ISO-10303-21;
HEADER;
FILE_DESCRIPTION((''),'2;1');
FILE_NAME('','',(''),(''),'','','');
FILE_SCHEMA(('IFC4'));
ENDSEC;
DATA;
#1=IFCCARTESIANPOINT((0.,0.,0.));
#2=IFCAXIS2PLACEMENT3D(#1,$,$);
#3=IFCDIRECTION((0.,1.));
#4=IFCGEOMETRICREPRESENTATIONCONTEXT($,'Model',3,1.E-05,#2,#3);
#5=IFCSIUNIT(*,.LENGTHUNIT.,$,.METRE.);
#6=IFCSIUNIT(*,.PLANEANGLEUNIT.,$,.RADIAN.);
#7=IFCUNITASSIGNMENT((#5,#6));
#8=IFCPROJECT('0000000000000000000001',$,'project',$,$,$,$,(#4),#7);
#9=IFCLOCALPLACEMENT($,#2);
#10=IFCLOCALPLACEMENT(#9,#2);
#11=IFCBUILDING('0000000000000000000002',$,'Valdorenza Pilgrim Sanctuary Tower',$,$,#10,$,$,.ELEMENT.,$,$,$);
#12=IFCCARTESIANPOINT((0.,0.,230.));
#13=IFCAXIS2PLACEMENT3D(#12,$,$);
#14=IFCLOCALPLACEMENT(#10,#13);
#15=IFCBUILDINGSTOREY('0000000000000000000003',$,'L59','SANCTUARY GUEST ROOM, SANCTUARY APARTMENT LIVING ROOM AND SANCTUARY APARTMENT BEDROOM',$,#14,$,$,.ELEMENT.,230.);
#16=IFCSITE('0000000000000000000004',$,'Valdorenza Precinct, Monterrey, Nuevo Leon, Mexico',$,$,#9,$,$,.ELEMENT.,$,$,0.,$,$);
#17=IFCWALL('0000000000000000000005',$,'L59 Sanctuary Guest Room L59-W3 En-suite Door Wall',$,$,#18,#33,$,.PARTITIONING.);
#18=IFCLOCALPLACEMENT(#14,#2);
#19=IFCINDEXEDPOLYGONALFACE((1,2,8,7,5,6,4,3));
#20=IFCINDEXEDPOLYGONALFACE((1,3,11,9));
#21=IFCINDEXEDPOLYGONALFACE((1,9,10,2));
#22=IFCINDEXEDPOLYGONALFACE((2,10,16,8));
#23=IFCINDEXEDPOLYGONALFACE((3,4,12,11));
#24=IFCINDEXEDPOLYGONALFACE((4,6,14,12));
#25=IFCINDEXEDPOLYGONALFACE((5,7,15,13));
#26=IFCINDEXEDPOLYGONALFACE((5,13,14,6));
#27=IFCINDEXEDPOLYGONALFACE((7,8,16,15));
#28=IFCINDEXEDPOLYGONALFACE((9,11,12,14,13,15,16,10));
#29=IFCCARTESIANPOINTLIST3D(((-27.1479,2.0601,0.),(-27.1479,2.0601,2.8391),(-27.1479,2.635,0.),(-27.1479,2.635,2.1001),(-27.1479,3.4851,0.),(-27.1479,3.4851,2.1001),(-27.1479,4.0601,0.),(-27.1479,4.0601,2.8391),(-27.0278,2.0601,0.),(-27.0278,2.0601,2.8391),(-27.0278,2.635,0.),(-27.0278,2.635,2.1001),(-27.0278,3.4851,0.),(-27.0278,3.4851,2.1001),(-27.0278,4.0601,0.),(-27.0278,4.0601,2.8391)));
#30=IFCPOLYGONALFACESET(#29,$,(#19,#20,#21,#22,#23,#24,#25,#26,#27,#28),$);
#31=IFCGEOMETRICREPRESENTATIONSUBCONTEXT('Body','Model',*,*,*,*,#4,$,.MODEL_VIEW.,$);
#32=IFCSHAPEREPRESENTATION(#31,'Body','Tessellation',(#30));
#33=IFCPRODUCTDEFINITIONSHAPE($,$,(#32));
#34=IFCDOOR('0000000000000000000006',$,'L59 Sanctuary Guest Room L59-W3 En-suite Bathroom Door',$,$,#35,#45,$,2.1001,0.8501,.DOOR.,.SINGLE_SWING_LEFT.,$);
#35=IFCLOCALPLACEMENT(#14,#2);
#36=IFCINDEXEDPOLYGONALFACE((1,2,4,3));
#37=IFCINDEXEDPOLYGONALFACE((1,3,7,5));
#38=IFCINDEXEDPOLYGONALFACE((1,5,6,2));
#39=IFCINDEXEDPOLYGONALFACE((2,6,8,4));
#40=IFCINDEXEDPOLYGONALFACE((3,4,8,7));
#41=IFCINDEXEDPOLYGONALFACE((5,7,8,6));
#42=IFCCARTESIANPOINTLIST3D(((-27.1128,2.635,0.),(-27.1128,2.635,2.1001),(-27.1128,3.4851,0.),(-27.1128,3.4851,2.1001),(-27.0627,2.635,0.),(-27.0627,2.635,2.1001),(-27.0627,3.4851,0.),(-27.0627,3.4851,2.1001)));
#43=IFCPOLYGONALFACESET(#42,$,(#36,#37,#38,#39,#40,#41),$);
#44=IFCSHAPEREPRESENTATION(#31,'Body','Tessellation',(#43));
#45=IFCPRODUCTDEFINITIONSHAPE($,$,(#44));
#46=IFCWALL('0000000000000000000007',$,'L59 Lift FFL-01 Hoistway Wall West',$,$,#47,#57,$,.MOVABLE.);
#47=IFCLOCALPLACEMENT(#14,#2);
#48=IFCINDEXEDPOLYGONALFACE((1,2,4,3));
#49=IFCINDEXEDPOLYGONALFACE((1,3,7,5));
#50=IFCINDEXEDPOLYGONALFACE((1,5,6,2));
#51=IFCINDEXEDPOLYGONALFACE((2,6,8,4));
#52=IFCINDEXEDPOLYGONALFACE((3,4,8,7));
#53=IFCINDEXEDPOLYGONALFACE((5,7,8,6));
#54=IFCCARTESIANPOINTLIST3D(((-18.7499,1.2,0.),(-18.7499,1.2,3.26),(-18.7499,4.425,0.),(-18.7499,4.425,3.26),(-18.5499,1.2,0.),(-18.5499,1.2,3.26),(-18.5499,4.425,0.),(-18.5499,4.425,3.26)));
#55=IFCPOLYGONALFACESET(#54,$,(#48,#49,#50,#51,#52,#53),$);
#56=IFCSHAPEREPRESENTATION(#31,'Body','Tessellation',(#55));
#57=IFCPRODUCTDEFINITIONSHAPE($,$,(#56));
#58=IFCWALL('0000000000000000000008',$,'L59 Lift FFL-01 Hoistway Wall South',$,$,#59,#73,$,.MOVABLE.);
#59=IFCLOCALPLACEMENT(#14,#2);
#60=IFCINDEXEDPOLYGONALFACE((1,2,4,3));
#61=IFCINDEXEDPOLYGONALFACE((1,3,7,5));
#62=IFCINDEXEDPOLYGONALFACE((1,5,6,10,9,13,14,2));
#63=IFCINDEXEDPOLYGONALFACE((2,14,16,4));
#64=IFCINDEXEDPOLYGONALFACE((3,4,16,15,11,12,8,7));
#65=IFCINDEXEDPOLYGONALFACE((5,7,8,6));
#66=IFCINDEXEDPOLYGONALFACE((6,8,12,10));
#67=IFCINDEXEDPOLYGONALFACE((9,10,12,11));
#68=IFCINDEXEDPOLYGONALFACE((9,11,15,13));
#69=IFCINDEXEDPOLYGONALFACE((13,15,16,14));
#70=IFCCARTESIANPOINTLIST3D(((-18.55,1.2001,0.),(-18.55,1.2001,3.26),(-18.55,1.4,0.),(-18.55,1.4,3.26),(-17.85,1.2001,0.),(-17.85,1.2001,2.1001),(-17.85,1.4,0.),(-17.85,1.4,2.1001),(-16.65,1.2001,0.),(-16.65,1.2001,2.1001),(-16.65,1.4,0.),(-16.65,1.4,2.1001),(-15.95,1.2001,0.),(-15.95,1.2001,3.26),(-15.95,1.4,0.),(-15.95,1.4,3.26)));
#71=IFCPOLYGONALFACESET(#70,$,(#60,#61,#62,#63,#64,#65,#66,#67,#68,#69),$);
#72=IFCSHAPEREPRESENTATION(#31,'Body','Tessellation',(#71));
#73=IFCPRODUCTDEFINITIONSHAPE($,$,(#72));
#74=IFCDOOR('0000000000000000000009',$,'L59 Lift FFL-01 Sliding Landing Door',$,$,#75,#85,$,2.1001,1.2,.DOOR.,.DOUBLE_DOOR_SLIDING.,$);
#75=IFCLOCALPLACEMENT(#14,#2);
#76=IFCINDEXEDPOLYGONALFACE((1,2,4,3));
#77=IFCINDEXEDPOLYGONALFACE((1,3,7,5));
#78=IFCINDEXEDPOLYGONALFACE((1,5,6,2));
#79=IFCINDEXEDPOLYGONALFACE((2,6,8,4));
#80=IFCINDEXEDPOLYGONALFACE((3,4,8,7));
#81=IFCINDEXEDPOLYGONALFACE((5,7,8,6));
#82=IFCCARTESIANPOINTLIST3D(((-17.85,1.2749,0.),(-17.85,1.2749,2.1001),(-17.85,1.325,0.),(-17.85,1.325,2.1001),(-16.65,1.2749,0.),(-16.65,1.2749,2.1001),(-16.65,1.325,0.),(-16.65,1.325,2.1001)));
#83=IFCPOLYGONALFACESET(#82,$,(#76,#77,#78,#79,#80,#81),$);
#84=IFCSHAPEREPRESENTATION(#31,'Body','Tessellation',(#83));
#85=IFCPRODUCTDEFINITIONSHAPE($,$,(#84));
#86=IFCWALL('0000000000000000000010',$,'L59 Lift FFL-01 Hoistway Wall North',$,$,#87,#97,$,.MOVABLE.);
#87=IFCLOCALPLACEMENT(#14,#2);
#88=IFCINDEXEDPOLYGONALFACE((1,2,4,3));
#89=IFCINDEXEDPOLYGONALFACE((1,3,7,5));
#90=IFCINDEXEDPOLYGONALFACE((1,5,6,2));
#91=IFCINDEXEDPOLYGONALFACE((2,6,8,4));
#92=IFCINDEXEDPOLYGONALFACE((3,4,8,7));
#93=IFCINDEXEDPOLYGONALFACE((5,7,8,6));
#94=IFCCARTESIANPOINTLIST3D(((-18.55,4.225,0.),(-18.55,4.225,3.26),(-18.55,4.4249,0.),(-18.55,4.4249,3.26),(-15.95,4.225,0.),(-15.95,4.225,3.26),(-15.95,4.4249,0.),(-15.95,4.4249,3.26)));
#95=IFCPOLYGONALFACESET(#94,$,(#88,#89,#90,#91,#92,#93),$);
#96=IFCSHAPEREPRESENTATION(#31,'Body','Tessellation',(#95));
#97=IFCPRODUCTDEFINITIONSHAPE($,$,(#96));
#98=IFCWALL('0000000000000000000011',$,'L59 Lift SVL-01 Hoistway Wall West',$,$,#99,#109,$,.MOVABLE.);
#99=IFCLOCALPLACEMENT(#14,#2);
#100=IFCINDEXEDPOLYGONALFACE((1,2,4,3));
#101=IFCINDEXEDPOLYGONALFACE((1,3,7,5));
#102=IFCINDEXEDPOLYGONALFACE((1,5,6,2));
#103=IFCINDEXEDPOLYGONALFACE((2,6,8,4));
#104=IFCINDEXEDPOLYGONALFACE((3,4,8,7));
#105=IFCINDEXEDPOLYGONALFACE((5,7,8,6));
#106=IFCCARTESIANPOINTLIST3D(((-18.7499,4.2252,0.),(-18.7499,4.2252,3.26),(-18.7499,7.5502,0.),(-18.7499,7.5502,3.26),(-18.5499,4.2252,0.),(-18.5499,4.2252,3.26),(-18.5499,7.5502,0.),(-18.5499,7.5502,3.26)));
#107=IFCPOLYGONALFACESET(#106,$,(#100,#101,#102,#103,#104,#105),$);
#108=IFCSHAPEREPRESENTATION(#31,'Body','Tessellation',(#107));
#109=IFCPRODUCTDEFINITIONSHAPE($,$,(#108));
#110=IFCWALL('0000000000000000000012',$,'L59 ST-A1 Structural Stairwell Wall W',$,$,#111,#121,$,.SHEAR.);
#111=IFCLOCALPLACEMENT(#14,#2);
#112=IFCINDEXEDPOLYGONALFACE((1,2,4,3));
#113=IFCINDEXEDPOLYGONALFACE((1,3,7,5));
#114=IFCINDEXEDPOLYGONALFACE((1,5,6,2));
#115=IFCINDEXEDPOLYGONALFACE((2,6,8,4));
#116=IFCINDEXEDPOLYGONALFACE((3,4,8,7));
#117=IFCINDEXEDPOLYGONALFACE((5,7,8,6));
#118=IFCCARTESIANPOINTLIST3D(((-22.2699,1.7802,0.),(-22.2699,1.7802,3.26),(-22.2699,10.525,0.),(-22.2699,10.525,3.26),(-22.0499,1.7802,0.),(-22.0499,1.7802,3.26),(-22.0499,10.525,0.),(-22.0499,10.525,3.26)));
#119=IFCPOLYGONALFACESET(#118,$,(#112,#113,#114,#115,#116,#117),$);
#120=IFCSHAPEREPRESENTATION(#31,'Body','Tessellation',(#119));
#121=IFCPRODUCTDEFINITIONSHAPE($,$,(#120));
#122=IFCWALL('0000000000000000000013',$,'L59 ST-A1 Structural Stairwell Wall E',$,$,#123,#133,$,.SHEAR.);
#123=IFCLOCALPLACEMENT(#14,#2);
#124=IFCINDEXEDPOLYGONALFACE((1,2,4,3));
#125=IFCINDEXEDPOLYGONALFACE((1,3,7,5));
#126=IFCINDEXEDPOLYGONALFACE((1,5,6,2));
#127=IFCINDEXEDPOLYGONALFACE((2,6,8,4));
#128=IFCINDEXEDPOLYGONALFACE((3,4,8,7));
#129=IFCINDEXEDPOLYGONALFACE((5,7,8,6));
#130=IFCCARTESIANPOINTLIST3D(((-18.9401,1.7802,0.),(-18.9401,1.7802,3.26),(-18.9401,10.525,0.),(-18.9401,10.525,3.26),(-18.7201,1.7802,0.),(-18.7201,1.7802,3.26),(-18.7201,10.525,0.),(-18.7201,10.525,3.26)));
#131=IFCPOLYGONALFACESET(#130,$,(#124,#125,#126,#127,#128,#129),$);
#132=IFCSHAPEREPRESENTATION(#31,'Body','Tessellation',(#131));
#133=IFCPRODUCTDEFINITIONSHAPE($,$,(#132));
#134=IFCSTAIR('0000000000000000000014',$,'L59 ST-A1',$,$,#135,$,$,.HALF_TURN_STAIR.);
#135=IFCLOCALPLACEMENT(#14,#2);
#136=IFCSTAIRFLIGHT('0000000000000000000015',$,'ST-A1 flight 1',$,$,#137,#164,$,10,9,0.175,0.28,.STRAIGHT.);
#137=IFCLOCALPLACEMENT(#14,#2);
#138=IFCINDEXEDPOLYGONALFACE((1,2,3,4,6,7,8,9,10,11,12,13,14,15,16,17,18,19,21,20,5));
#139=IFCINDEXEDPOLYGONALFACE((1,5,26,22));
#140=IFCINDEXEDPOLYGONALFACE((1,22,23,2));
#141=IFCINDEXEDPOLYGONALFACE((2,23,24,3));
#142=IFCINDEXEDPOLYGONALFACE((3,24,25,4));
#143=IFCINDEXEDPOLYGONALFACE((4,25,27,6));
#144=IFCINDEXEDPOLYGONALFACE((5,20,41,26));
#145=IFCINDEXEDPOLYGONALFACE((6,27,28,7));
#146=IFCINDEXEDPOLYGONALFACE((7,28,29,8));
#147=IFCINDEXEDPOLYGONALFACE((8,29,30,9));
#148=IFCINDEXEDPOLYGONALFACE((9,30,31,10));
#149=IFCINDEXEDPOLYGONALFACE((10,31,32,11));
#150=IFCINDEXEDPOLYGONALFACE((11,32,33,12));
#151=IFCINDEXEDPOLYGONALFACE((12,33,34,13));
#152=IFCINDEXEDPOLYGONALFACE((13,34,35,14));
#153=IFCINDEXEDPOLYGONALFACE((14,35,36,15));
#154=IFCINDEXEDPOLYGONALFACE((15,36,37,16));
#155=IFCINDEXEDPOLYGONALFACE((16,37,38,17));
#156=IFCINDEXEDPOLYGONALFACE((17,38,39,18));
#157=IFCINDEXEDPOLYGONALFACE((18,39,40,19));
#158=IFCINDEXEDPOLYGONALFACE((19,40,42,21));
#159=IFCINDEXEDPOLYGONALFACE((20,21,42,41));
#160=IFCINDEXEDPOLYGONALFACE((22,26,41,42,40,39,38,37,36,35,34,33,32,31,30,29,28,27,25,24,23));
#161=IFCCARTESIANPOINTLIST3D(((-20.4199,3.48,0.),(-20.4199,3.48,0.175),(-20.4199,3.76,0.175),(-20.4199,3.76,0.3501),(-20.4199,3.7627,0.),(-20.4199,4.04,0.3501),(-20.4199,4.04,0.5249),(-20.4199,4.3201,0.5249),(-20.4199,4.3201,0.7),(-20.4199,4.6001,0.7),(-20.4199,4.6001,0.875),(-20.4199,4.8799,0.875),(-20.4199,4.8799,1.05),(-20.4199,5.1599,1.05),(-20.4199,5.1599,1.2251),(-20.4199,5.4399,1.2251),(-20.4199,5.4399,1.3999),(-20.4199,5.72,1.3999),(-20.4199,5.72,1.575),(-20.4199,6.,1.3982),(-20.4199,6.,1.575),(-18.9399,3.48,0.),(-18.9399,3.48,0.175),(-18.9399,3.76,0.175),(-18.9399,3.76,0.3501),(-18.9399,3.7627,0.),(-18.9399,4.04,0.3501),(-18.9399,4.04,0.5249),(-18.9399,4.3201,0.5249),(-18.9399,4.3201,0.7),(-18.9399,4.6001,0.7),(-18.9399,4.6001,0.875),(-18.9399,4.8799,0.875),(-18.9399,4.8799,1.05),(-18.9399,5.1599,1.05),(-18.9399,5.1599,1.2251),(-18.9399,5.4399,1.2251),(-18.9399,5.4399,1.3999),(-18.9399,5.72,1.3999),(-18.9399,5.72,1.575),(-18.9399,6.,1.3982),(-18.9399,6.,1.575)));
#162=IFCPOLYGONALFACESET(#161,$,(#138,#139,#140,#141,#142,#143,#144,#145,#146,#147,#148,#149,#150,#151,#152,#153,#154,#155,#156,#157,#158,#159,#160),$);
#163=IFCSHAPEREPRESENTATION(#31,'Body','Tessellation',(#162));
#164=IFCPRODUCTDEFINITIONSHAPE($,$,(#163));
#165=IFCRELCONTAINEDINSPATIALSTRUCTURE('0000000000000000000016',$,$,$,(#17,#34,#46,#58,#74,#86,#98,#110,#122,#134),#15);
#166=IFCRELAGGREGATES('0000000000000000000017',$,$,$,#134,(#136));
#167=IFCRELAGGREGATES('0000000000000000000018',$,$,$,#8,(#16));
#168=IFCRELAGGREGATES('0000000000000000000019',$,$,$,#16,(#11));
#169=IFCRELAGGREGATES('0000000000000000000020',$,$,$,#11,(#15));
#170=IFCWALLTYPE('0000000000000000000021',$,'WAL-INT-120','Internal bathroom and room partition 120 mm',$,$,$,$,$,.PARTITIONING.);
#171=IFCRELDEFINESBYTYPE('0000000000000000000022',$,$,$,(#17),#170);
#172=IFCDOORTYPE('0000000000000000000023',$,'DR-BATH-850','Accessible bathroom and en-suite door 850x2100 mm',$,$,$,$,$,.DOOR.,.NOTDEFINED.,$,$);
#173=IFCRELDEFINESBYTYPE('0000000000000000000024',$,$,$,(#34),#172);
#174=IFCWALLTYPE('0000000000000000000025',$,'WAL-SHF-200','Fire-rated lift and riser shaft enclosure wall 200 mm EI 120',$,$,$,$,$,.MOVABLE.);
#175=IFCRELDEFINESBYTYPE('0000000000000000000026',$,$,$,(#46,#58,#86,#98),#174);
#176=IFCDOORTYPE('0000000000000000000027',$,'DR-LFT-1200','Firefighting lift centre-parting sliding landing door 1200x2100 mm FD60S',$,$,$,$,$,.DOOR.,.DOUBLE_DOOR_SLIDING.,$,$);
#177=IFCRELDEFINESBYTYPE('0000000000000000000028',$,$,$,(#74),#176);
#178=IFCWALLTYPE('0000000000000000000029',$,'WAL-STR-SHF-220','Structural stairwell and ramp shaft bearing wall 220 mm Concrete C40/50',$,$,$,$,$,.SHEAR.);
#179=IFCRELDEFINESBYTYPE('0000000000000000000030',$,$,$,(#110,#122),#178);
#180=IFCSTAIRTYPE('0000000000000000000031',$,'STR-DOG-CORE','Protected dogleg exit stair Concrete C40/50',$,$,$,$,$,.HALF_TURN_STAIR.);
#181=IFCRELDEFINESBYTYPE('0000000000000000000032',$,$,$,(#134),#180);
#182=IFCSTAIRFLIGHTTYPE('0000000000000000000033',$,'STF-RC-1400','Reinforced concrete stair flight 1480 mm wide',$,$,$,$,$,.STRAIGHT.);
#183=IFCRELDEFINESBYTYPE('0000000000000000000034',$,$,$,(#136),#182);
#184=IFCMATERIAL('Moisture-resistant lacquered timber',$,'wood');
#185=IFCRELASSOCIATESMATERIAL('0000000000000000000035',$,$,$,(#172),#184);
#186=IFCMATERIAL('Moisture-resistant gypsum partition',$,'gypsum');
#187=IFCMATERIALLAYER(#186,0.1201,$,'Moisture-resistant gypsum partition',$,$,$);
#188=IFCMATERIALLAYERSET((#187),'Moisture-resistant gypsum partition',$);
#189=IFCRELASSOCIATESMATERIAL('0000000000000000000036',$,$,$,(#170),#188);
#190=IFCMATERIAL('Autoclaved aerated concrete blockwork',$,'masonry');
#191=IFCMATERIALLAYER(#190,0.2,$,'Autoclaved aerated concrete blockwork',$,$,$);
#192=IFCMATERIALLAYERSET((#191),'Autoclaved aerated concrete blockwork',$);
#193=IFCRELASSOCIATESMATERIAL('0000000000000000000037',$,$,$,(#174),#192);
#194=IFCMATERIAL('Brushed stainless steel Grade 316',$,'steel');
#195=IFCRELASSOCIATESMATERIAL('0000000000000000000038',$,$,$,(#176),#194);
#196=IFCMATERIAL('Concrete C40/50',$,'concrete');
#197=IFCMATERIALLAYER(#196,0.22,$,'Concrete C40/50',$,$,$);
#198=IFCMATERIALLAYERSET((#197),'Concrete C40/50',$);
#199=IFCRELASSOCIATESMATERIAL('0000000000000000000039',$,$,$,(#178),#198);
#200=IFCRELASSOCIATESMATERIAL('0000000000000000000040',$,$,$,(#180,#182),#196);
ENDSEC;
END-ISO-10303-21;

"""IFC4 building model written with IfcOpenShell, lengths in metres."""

from ifc_helpers import new_model, si_unit, direction, frame, frame_2d, origin, place, context, subcontext, project, spatial, polyline, rectangle, outline, extrude, material, layer, layer_set, type_object, element, fill, aggregate, save


model = new_model("IFC4")

# Units and contexts
model_context = context("Model", 3, precision=1e-05, world=origin(), true_north=direction((0.0, 1.0)))
body_context = subcontext(model_context, "Body", "Model", "MODEL_VIEW")
ifc_project = project(units=[si_unit("LENGTHUNIT", "METRE"), si_unit("PLANEANGLEUNIT", "RADIAN")], contexts=[model_context])

# Site, building, storey
site_placement = place(None, origin())
site = spatial("IfcSite", under=ifc_project, at=site_placement, Name="Valdorenza Precinct, Monterrey, Nuevo Leon, Mexico", CompositionType="ELEMENT", RefElevation=0.0)
building_placement = place(site_placement, origin())
building = spatial("IfcBuilding", under=site, at=building_placement, Name="Valdorenza Pilgrim Sanctuary Tower", CompositionType="ELEMENT")
storey_placement = place(building_placement, frame((0.0, 0.0, 230.0)))
storey = spatial("IfcBuildingStorey", under=building, at=storey_placement, Name="L59", Description="SANCTUARY GUEST ROOM, SANCTUARY APARTMENT LIVING ROOM AND SANCTUARY APARTMENT BEDROOM", CompositionType="ELEMENT", Elevation=230.0)

# Shared definitions
ifc_material_1 = material(Name="Moisture-resistant lacquered timber", Category="wood")
door_type_1 = type_object("IfcDoorType", Name="DR-BATH-850", Description="Accessible bathroom and en-suite door 850x2100 mm", OperationType="NOTDEFINED", PredefinedType="DOOR", material=ifc_material_1)

# Shared definitions
ifc_material_2 = material(Name="Moisture-resistant gypsum partition", Category="gypsum")
ifc_layer_1 = layer(ifc_material_2, 0.1201, Name="Moisture-resistant gypsum partition")
ifc_layer_set_1 = layer_set([ifc_layer_1], Name="Moisture-resistant gypsum partition")
wall_type_1 = type_object("IfcWallType", Name="WAL-INT-120", Description="Internal bathroom and room partition 120 mm", PredefinedType="PARTITIONING", material=ifc_layer_set_1)

# Wall, opening, door
wall_1_placement = place(storey_placement, frame((-27.0879, 2.0601, 0.0), z_axis=(0.0, 0.0, 1.0), x_axis=(0.0, 1.0, 0.0)))
wall_1 = element("IfcWall", 1, at=wall_1_placement, inside=storey, type_object=wall_type_1, Name="L59 Sanctuary Guest Room L59-W3 En-suite Door Wall", PredefinedType="PARTITIONING", context=body_context, shape_type="SweptSolid", body=[
    extrude(rectangle(XDim=2.0, YDim=0.1201, at=frame_2d((1.0, 0.0))), origin(), (0.0, 0.0, 1.0), 2.8391),
])
opening_1_placement = place(wall_1_placement, frame((0.575, 0.0, 0.0)))
opening_1 = element("IfcOpeningElement", 2, at=opening_1_placement, cuts=wall_1, PredefinedType="OPENING", context=body_context, shape_type="SweptSolid", body=[
    extrude(rectangle(XDim=0.8501, YDim=2.1001, at=frame_2d((0.425, 1.05))), frame((0.0, 0.075, 0.0), z_axis=(0.0, -1.0, 0.0), x_axis=(1.0, 0.0, 0.0)), (0.0, 0.0, 1.0), 0.1499),
])
door_1_placement = place(opening_1_placement, origin())
door_1 = element("IfcDoor", 3, at=door_1_placement, inside=storey, type_object=door_type_1, Name="L59 Sanctuary Guest Room L59-W3 En-suite Bathroom Door", OperationType="SINGLE_SWING_LEFT", OverallHeight=2.1001, OverallWidth=0.8501, PredefinedType="DOOR", context=body_context, shape_type="SweptSolid", body=[
    extrude(rectangle(XDim=0.8501, YDim=2.1001, at=frame_2d((0.425, 1.05))), frame((0.0, 0.0249, 0.0), z_axis=(0.0, -1.0, 0.0), x_axis=(1.0, 0.0, 0.0)), (0.0, 0.0, 1.0), 0.05),
])
fill(opening_1, door_1)

# Wall
ifc_material_3 = material(Name="Autoclaved aerated concrete blockwork", Category="masonry")
ifc_layer_2 = layer(ifc_material_3, 0.2, Name="Autoclaved aerated concrete blockwork")
ifc_layer_set_2 = layer_set([ifc_layer_2], Name="Autoclaved aerated concrete blockwork")
wall_type_2 = type_object("IfcWallType", Name="WAL-SHF-200", Description="Fire-rated lift and riser shaft enclosure wall 200 mm EI 120", PredefinedType="MOVABLE", material=ifc_layer_set_2)
wall_2_placement = place(storey_placement, frame((-18.6499, 1.2, 0.0), z_axis=(0.0, 0.0, 1.0), x_axis=(0.0, 1.0, 0.0)))
element("IfcWall", 4, at=wall_2_placement, inside=storey, type_object=wall_type_2, Name="L59 Lift FFL-01 Hoistway Wall West", PredefinedType="MOVABLE", context=body_context, shape_type="SweptSolid", body=[
    extrude(rectangle(XDim=3.2251, YDim=0.2, at=frame_2d((1.6125, 0.0))), origin(), (0.0, 0.0, 1.0), 3.26),
])

# Wall, opening, door
wall_3_placement = place(storey_placement, frame((-18.55, 1.3, 0.0), z_axis=(0.0, 0.0, 1.0), x_axis=(1.0, 0.0, 0.0)))
wall_3 = element("IfcWall", 5, at=wall_3_placement, inside=storey, type_object=wall_type_2, Name="L59 Lift FFL-01 Hoistway Wall South", PredefinedType="MOVABLE", context=body_context, shape_type="SweptSolid", body=[
    extrude(rectangle(XDim=2.6001, YDim=0.2, at=frame_2d((1.3, 0.0))), origin(), (0.0, 0.0, 1.0), 3.26),
])
opening_2_placement = place(wall_3_placement, frame((0.7, 0.0, 0.0)))
opening_2 = element("IfcOpeningElement", 6, at=opening_2_placement, cuts=wall_3, PredefinedType="OPENING", context=body_context, shape_type="SweptSolid", body=[
    extrude(rectangle(XDim=1.2, YDim=2.1001, at=frame_2d((0.6001, 1.05))), frame((0.0, 0.1147, 0.0), z_axis=(0.0, -1.0, 0.0), x_axis=(1.0, 0.0, 0.0)), (0.0, 0.0, 1.0), 0.2297),
])
ifc_material_4 = material(Name="Brushed stainless steel Grade 316", Category="steel")
door_type_2 = type_object("IfcDoorType", Name="DR-LFT-1200", Description="Firefighting lift centre-parting sliding landing door 1200x2100 mm FD60S", OperationType="DOUBLE_DOOR_SLIDING", PredefinedType="DOOR", material=ifc_material_4)
door_2_placement = place(opening_2_placement, origin())
door_2 = element("IfcDoor", 7, at=door_2_placement, inside=storey, type_object=door_type_2, Name="L59 Lift FFL-01 Sliding Landing Door", OperationType="DOUBLE_DOOR_SLIDING", OverallHeight=2.1001, OverallWidth=1.2, PredefinedType="DOOR", context=body_context, shape_type="SweptSolid", body=[
    extrude(rectangle(XDim=1.2, YDim=2.1001, at=frame_2d((0.6001, 1.05))), frame((0.0, 0.0249, 0.0), z_axis=(0.0, -1.0, 0.0), x_axis=(1.0, 0.0, 0.0)), (0.0, 0.0, 1.0), 0.05),
])
fill(opening_2, door_2)

# Walls
wall_4_placement = place(storey_placement, frame((-18.55, 4.325, 0.0), z_axis=(0.0, 0.0, 1.0), x_axis=(1.0, 0.0, 0.0)))
element("IfcWall", 8, at=wall_4_placement, inside=storey, type_object=wall_type_2, Name="L59 Lift FFL-01 Hoistway Wall North", PredefinedType="MOVABLE", context=body_context, shape_type="SweptSolid", body=[
    extrude(rectangle(XDim=2.6001, YDim=0.2, at=frame_2d((1.3, 0.0))), origin(), (0.0, 0.0, 1.0), 3.26),
])
wall_5_placement = place(storey_placement, frame((-18.6499, 4.2251, 0.0), z_axis=(0.0, 0.0, 1.0), x_axis=(0.0, 1.0, 0.0)))
element("IfcWall", 9, at=wall_5_placement, inside=storey, type_object=wall_type_2, Name="L59 Lift SVL-01 Hoistway Wall West", PredefinedType="MOVABLE", context=body_context, shape_type="SweptSolid", body=[
    extrude(rectangle(XDim=3.325, YDim=0.2, at=frame_2d((1.6626, 0.0))), origin(), (0.0, 0.0, 1.0), 3.26),
])
ifc_material_5 = material(Name="Concrete C40/50", Category="concrete")
ifc_layer_3 = layer(ifc_material_5, 0.22, Name="Concrete C40/50")
ifc_layer_set_3 = layer_set([ifc_layer_3], Name="Concrete C40/50")
wall_type_3 = type_object("IfcWallType", Name="WAL-STR-SHF-220", Description="Structural stairwell and ramp shaft bearing wall 220 mm Concrete C40/50", PredefinedType="SHEAR", material=ifc_layer_set_3)
for number, where, z_axis, x_axis, name in (
    (10, (-22.1599, 1.78, 0.0), (0.0, 0.0, 1.0), (0.0, 1.0, 0.0), "L59 ST-A1 Structural Stairwell Wall W"),
    (11, (-18.8301, 1.78, 0.0), (0.0, 0.0, 1.0), (0.0, 1.0, 0.0), "L59 ST-A1 Structural Stairwell Wall E"),
):
    element("IfcWall", number, at=place(storey_placement, frame(where, z_axis=z_axis, x_axis=x_axis)), inside=storey, type_object=wall_type_3, Name=name, PredefinedType="SHEAR", context=body_context, shape_type="SweptSolid", body=[
        extrude(rectangle(XDim=8.7449, YDim=0.22, at=frame_2d((4.3726, 0.0))), origin(), (0.0, 0.0, 1.0), 3.26),
    ])

# Stair, stair flight
stair_type = type_object("IfcStairType", Name="STR-DOG-CORE", Description="Protected dogleg exit stair Concrete C40/50", PredefinedType="HALF_TURN_STAIR", material=ifc_material_5)
stair_placement = place(storey_placement, origin())
stair = element("IfcStair", 12, at=stair_placement, inside=storey, type_object=stair_type, Name="L59 ST-A1", PredefinedType="HALF_TURN_STAIR")
stair_flight_type = type_object("IfcStairFlightType", Name="STF-RC-1400", Description="Reinforced concrete stair flight 1480 mm wide", PredefinedType="STRAIGHT", material=ifc_material_5)
stair_flight_1_placement = place(storey_placement, frame((-19.6799, 3.48, 0.0), z_axis=(0.0, 0.0, 1.0), x_axis=(0.0, 1.0, 0.0)))
stair_flight_1 = element("IfcStairFlight", 13, at=stair_flight_1_placement, type_object=stair_flight_type, Name="ST-A1 flight 1", NumberOfRisers=10, NumberOfTreads=9, PredefinedType="STRAIGHT", RiserHeight=0.175, TreadLength=0.28, context=body_context, shape_type="SweptSolid", body=[
    extrude(outline(polyline([(0.0, 0.0), (0.0, 0.175), (0.28, 0.175), (0.28, 0.3501), (0.5601, 0.3501), (0.5601, 0.5249), (0.8401, 0.5249), (0.8401, 0.7), (1.1201, 0.7), (1.1201, 0.875), (1.3999, 0.875), (1.3999, 1.05), (1.6799, 1.05), (1.6799, 1.2251), (1.96, 1.2251), (1.96, 1.3999), (2.24, 1.3999), (2.24, 1.575), (2.52, 1.575), (2.52, 1.75), (2.52, 1.3982), (0.2827, 0.0), (0.0, 0.0)])), frame((0.0, 0.74, 0.0), z_axis=(0.0, -1.0, 0.0), x_axis=(1.0, 0.0, 0.0)), (0.0, 0.0, 1.0), 1.48),
])
aggregate(stair, [stair_flight_1])

save(model, "model.ifc")
